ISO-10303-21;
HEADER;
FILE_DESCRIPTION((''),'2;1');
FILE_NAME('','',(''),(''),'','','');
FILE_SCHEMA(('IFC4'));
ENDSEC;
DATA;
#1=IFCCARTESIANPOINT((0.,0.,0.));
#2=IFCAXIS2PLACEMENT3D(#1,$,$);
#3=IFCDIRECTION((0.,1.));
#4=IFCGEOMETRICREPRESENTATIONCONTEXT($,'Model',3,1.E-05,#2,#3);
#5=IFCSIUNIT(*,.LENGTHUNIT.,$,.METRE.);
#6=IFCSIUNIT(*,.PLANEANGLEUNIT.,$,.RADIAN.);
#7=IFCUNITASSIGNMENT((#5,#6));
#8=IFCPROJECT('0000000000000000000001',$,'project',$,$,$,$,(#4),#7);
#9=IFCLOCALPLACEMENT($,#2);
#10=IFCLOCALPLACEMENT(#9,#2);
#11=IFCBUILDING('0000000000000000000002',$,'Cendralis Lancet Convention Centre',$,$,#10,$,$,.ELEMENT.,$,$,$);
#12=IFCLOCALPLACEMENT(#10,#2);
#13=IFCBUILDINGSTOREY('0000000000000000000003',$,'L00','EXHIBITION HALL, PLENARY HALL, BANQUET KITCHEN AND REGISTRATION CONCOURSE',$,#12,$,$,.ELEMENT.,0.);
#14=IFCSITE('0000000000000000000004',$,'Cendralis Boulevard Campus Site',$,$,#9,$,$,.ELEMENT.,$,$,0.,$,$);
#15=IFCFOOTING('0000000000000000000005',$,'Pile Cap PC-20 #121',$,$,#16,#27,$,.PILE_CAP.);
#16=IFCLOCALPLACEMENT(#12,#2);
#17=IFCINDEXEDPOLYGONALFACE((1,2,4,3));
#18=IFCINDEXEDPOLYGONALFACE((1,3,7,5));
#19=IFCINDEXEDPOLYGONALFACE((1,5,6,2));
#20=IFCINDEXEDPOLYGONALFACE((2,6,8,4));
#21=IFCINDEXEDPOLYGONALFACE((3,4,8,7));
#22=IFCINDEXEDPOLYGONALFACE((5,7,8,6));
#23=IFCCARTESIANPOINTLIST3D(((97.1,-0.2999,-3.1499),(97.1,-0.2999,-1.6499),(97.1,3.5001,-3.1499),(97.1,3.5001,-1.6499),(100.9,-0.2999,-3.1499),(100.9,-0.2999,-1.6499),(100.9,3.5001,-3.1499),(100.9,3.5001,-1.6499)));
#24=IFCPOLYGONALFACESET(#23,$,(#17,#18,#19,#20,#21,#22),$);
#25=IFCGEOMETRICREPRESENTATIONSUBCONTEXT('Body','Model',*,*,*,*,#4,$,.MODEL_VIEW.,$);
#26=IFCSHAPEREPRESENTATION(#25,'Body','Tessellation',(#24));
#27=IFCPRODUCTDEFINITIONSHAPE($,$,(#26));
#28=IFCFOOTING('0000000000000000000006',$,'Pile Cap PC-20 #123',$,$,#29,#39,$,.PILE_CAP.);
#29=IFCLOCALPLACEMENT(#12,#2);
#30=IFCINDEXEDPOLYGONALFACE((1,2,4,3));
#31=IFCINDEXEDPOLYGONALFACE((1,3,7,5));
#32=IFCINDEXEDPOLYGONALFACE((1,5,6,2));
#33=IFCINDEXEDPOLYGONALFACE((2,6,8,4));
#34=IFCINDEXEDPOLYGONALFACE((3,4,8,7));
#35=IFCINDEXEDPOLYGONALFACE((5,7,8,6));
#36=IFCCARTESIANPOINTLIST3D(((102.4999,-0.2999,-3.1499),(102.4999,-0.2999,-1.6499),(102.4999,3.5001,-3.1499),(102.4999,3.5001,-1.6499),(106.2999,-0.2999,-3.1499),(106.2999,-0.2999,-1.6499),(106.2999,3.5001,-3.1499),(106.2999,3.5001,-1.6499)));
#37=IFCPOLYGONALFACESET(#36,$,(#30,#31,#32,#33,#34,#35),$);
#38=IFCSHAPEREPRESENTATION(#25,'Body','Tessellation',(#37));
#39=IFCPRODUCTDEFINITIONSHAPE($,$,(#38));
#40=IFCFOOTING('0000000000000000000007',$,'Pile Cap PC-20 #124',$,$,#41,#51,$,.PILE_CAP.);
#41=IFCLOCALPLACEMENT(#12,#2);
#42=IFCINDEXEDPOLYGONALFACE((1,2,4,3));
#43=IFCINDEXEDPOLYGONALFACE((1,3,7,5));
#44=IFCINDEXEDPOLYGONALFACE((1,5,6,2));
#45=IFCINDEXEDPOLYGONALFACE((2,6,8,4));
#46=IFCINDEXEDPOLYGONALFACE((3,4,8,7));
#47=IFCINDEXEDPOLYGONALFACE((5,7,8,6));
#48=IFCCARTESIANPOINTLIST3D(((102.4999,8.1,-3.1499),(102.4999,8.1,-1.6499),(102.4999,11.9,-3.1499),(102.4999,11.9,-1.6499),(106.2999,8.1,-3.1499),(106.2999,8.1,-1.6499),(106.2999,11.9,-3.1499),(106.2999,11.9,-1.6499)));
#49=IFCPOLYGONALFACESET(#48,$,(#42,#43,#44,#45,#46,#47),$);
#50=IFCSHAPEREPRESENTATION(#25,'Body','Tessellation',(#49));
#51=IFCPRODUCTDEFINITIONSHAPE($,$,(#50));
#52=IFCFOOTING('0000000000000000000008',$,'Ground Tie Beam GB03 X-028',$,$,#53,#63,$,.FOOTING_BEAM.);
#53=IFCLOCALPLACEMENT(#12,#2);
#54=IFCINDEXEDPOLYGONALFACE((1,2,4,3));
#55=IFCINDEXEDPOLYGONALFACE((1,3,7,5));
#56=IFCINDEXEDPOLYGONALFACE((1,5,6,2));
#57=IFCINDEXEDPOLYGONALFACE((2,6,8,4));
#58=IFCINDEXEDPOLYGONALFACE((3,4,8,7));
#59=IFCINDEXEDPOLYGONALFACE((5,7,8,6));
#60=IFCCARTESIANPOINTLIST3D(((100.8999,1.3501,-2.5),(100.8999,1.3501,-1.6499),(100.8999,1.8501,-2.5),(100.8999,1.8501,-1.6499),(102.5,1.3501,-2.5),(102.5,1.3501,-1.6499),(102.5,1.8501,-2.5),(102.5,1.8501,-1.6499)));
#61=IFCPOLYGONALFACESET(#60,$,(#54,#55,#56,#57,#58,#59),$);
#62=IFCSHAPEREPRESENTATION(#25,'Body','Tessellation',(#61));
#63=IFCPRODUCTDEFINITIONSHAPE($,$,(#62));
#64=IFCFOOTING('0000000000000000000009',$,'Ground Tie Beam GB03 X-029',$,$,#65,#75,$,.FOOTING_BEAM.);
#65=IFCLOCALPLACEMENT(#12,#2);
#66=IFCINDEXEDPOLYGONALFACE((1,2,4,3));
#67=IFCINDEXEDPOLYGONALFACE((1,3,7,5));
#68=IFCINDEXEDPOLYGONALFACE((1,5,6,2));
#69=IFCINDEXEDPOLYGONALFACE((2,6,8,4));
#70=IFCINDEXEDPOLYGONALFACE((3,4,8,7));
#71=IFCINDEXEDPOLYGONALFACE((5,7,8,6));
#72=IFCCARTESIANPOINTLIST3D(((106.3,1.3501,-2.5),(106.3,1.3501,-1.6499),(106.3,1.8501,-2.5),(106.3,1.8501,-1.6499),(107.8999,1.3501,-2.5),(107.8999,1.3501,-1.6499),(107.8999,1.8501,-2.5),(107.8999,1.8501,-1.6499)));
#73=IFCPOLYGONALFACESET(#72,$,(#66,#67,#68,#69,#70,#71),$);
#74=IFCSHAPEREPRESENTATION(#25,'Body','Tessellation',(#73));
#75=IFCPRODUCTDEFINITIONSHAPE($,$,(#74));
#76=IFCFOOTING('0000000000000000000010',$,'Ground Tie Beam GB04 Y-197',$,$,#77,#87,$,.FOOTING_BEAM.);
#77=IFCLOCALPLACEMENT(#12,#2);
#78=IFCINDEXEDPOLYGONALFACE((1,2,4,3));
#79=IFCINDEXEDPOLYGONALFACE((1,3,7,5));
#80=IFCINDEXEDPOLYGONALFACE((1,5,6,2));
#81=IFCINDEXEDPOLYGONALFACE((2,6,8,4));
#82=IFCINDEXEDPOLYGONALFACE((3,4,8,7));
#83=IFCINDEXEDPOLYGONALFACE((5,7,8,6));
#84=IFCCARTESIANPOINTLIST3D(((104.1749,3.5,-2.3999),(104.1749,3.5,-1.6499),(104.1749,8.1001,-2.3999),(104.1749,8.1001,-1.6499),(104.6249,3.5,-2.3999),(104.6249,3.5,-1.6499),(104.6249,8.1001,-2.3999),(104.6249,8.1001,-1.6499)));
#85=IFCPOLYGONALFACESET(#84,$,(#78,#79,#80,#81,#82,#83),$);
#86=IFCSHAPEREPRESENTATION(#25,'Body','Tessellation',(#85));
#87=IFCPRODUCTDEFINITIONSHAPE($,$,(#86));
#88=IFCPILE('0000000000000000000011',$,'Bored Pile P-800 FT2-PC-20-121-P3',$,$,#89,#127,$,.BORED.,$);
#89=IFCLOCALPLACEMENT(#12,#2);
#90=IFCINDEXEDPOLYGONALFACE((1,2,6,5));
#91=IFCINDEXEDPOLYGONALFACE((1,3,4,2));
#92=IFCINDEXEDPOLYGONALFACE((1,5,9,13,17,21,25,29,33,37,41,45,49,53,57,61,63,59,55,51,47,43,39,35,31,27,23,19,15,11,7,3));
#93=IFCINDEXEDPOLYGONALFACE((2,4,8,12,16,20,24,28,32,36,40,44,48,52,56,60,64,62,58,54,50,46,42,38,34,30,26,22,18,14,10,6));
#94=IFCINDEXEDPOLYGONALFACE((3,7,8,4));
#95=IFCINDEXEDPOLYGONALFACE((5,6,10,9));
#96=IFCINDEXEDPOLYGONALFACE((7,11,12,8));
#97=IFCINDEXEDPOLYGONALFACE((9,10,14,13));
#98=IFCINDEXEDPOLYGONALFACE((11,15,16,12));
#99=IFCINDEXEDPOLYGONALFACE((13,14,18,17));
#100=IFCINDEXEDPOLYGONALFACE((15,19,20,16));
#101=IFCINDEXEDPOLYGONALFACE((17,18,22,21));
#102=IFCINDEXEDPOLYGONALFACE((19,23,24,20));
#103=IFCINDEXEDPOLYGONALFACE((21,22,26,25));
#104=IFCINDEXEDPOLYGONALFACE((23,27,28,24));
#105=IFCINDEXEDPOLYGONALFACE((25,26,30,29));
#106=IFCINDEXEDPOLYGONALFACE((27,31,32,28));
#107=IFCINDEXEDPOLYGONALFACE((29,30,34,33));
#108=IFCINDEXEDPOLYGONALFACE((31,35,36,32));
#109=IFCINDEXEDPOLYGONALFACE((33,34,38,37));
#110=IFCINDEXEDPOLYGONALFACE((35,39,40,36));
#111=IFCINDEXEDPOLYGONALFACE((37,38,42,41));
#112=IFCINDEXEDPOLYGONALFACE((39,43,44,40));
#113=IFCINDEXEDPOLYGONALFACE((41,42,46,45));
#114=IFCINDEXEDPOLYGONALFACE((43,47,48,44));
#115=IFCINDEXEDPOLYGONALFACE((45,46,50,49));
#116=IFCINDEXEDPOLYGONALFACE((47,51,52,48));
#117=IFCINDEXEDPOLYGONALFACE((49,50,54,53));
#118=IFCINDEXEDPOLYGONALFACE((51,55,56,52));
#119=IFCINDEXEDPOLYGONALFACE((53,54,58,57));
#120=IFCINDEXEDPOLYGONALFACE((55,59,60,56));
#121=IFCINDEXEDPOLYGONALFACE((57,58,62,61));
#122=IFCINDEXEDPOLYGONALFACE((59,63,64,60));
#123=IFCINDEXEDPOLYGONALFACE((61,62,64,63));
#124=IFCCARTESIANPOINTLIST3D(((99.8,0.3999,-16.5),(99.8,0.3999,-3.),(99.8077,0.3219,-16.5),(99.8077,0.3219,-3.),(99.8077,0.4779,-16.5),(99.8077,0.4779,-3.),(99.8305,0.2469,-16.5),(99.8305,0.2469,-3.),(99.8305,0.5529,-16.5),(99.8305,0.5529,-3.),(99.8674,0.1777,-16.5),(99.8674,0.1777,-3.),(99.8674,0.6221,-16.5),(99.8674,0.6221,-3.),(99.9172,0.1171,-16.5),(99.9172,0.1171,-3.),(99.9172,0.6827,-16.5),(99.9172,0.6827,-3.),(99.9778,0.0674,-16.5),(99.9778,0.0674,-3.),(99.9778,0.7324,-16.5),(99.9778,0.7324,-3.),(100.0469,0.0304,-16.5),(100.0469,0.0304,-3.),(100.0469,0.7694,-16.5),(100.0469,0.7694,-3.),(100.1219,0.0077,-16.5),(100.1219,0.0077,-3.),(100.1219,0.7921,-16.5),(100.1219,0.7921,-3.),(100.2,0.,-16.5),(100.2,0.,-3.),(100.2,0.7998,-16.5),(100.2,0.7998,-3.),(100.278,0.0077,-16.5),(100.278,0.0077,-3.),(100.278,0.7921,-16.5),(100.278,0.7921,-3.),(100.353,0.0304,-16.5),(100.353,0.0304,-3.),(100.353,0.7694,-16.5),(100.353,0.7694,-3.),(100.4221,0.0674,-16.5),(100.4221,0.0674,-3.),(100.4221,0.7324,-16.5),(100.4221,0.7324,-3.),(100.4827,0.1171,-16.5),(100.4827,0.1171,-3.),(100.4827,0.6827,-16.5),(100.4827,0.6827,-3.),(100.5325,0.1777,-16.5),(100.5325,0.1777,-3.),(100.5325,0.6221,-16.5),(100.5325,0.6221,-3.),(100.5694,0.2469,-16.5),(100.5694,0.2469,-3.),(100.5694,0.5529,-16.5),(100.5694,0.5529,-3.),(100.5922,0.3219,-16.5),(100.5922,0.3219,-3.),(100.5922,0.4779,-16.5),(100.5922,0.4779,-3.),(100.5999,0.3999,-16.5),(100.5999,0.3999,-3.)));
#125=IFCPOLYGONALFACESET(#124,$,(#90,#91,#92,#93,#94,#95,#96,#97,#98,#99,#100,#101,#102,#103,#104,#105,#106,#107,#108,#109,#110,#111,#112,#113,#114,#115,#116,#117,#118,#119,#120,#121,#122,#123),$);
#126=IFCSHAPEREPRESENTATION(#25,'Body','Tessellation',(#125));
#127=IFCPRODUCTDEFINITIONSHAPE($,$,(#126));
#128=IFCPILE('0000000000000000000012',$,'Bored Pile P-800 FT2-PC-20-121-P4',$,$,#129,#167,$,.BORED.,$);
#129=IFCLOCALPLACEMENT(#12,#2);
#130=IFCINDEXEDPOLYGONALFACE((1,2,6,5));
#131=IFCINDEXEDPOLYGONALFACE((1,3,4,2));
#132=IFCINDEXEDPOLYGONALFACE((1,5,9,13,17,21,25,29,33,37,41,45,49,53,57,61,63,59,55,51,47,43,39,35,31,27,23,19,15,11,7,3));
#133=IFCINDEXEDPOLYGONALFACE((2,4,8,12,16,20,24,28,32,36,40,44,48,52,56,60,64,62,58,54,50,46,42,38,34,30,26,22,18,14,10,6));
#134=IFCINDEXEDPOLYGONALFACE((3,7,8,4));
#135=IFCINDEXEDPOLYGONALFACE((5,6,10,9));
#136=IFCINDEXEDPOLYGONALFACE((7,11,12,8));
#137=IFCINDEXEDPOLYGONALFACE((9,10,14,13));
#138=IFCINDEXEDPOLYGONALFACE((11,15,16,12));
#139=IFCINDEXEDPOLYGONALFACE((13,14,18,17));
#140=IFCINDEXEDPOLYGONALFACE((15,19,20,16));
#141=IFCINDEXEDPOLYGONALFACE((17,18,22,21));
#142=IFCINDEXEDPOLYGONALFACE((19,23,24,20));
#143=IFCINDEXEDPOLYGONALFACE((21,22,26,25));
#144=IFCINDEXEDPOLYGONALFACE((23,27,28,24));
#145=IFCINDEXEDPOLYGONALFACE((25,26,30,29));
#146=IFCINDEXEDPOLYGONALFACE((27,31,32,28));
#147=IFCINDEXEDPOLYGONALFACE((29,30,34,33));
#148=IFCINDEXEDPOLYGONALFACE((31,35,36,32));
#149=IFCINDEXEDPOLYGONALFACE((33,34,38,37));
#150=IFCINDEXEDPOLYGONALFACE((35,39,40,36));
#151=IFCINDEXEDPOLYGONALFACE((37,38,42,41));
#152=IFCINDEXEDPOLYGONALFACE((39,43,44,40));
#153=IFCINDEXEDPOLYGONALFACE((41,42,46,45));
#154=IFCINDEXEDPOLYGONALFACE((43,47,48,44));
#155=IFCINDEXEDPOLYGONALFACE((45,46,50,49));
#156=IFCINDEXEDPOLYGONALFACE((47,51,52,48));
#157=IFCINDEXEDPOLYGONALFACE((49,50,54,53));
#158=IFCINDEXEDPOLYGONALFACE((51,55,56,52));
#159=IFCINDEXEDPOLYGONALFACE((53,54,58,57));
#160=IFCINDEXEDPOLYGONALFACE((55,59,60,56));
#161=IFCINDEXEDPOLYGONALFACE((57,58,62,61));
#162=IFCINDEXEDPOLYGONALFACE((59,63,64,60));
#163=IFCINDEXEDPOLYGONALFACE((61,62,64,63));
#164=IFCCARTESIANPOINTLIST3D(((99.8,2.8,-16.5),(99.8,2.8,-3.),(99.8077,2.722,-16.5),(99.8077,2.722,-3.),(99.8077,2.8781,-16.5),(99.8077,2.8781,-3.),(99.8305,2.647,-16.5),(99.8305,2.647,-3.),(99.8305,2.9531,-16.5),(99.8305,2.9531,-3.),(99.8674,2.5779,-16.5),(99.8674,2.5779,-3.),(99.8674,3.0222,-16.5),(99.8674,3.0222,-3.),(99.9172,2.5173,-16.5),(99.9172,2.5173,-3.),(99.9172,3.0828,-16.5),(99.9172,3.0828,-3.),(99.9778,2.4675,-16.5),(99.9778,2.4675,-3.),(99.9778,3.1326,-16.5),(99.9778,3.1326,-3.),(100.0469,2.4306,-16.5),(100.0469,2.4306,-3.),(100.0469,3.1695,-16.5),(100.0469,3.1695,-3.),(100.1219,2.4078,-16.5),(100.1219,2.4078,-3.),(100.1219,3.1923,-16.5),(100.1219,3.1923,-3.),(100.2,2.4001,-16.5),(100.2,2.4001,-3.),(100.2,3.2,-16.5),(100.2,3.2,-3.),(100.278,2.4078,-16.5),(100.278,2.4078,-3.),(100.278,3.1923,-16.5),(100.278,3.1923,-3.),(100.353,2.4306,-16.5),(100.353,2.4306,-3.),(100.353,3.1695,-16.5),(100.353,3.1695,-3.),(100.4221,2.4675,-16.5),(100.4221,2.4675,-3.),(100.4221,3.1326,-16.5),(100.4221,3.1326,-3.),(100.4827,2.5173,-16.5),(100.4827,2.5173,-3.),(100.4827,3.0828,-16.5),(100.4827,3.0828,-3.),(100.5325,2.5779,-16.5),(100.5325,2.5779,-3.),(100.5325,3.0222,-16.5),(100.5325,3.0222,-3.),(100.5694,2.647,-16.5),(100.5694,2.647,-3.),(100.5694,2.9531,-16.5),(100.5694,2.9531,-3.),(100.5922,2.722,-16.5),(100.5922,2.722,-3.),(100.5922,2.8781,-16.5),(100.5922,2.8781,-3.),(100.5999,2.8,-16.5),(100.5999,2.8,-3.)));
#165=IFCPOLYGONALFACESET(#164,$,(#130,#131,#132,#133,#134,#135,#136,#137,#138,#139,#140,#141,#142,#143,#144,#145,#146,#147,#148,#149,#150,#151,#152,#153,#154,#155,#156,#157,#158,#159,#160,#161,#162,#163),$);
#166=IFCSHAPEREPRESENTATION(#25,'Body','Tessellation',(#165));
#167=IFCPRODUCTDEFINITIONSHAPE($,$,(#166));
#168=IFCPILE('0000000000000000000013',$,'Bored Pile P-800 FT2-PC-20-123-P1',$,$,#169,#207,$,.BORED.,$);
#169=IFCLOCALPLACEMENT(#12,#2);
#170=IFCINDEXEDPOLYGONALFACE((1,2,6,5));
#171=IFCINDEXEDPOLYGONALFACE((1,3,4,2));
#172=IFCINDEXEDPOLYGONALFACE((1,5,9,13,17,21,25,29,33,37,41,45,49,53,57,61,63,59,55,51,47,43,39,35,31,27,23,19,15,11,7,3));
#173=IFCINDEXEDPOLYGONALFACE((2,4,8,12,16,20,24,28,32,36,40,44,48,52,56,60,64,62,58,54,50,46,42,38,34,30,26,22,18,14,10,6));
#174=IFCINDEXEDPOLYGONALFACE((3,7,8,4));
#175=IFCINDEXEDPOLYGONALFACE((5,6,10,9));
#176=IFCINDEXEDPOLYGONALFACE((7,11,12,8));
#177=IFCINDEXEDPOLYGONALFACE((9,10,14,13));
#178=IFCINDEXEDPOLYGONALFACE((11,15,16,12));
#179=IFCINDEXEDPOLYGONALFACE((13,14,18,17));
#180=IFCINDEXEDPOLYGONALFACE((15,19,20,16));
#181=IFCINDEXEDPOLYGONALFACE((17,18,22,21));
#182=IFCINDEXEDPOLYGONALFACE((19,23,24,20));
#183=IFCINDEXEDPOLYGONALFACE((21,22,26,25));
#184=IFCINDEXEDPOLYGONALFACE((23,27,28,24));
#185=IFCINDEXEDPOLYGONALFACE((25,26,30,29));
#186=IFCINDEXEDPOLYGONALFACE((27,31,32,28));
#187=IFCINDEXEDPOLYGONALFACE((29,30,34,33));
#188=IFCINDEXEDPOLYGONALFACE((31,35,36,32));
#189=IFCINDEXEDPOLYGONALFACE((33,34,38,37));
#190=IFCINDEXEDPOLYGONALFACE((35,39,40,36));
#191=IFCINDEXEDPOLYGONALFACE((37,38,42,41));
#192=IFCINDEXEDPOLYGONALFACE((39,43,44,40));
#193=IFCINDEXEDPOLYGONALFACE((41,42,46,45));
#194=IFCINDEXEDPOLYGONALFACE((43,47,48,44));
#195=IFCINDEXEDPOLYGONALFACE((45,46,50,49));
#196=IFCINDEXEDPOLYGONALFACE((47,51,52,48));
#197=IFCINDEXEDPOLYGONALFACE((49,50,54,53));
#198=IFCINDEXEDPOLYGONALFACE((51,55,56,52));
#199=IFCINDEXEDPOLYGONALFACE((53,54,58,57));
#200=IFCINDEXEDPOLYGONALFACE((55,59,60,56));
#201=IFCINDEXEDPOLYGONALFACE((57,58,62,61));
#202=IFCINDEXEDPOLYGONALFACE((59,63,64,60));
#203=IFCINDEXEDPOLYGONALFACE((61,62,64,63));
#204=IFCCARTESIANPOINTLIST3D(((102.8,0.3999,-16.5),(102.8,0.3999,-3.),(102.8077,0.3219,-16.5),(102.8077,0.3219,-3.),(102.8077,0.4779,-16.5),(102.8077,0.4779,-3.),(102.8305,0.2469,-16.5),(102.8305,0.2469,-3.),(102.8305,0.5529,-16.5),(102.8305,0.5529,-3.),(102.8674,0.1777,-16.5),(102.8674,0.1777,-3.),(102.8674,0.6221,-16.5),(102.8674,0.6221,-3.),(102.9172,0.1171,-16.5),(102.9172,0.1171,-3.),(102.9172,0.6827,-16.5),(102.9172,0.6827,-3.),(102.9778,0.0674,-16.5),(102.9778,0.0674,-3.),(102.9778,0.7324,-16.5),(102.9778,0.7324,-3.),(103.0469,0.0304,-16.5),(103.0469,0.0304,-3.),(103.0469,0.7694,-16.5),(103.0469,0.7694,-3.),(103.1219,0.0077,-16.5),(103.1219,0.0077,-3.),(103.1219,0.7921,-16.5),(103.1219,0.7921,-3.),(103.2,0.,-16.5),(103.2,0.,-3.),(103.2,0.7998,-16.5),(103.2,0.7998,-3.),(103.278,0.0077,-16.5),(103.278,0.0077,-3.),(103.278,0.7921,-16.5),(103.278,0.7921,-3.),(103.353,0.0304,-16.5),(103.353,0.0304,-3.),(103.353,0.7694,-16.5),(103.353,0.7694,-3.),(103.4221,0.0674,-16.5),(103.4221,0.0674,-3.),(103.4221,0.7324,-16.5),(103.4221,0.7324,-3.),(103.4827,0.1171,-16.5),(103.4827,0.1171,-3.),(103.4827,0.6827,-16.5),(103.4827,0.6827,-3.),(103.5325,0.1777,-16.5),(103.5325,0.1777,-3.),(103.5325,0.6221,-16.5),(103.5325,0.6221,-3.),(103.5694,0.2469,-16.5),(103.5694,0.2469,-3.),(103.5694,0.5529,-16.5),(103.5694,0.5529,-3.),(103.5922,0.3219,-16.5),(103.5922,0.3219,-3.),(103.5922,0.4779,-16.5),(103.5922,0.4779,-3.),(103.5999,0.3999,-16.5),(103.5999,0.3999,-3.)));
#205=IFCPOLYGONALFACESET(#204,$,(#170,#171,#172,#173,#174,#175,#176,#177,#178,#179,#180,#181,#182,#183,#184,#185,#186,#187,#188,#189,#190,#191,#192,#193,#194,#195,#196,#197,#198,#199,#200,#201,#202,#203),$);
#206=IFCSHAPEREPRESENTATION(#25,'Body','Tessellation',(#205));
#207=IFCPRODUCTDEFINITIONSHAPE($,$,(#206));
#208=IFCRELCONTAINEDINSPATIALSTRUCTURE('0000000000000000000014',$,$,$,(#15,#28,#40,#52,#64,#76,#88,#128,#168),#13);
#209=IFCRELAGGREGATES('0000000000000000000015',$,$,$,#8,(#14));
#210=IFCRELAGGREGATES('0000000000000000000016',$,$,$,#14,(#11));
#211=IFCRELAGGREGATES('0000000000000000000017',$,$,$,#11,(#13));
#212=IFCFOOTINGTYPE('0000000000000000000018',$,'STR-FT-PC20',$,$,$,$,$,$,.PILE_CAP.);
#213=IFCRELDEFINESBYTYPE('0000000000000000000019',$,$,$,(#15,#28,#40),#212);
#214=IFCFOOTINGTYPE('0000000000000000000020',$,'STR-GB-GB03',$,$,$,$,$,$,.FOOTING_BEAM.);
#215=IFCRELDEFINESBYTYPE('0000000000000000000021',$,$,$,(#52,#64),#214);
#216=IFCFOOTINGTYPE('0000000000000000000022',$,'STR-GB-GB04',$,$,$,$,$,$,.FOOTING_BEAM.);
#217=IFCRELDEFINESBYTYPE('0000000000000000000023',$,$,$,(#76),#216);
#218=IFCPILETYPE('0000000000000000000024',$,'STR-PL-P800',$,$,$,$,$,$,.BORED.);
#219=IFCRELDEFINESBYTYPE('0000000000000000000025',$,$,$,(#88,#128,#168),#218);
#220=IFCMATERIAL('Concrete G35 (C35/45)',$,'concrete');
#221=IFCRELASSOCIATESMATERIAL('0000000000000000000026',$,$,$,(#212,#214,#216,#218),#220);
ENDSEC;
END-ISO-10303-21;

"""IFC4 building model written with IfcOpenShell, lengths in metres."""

from ifc_helpers import new_model, si_unit, direction, frame, origin, origin_2d, place, context, subcontext, project, spatial, rectangle, circle, extrude, material, material_profile, profile_set, type_object, element, save


model = new_model("IFC4")

# Units and contexts
model_context = context("Model", 3, precision=1e-05, world=origin(), true_north=direction((0.0, 1.0)))
body_context = subcontext(model_context, "Body", "Model", "MODEL_VIEW")
ifc_project = project(units=[si_unit("LENGTHUNIT", "METRE"), si_unit("PLANEANGLEUNIT", "RADIAN")], contexts=[model_context])

# Site, building, storey
site_placement = place(None, origin())
site = spatial("IfcSite", under=ifc_project, at=site_placement, Name="Cendralis Boulevard Campus Site", CompositionType="ELEMENT", RefElevation=0.0)
building_placement = place(site_placement, origin())
building = spatial("IfcBuilding", under=site, at=building_placement, Name="Cendralis Lancet Convention Centre", CompositionType="ELEMENT")
storey_placement = place(building_placement, origin())
storey = spatial("IfcBuildingStorey", under=building, at=storey_placement, Name="L00", Description="EXHIBITION HALL, PLENARY HALL, BANQUET KITCHEN AND REGISTRATION CONCOURSE", CompositionType="ELEMENT", Elevation=0.0)

# Footings
ifc_material_1 = material(Name="Concrete G35 (C35/45)", Category="concrete")
footing_type_1 = type_object("IfcFootingType", Name="STR-FT-PC20", PredefinedType="PILE_CAP", material=ifc_material_1)
for number, where, z_axis, x_axis, name in (
    (1, (99.0, 1.6001, -3.1499), (0.0, 0.0, 1.0), (1.0, 0.0, 0.0), "Pile Cap PC-20 #121"),
    (2, (104.3999, 1.6001, -3.1499), (0.0, 0.0, 1.0), (1.0, 0.0, 0.0), "Pile Cap PC-20 #123"),
    (3, (104.3999, 10.0, -3.1499), (0.0, 0.0, 1.0), (1.0, 0.0, 0.0), "Pile Cap PC-20 #124"),
):
    element("IfcFooting", number, at=place(storey_placement, frame(where, z_axis=z_axis, x_axis=x_axis)), inside=storey, type_object=footing_type_1, Name=name, PredefinedType="PILE_CAP", context=body_context, shape_type="SweptSolid", body=[
        extrude(rectangle(XDim=3.8, YDim=3.8, at=origin_2d()), origin(), (0.0, 0.0, 1.0), 1.5),
    ])
ifc_material_profile_1 = material_profile(ifc_material_1, rectangle(XDim=0.5, YDim=0.8501, at=origin_2d()), Name="RCB 500x850")
ifc_profile_set_1 = profile_set([ifc_material_profile_1], Name="Concrete G35 (C35/45)")
footing_type_2 = type_object("IfcFootingType", Name="STR-GB-GB03", PredefinedType="FOOTING_BEAM", material=ifc_profile_set_1)
footing_1_placement = place(storey_placement, frame((100.8999, 1.6001, -2.075), z_axis=(1.0, 0.0, 0.0), x_axis=(0.0, 1.0, 0.0)))
element("IfcFooting", 4, at=footing_1_placement, inside=storey, type_object=footing_type_2, Name="Ground Tie Beam GB03 X-028", PredefinedType="FOOTING_BEAM", context=body_context, shape_type="SweptSolid", body=[
    extrude(rectangle(XDim=0.5, YDim=0.8501, at=origin_2d()), origin(), (0.0, 0.0, 1.0), 1.6001),
])
footing_2_placement = place(storey_placement, frame((106.3, 1.6001, -2.075), z_axis=(1.0, 0.0, 0.0), x_axis=(0.0, 1.0, 0.0)))
element("IfcFooting", 5, at=footing_2_placement, inside=storey, type_object=footing_type_2, Name="Ground Tie Beam GB03 X-029", PredefinedType="FOOTING_BEAM", context=body_context, shape_type="SweptSolid", body=[
    extrude(rectangle(XDim=0.5, YDim=0.8501, at=origin_2d()), origin(), (0.0, 0.0, 1.0), 1.5999),
])
ifc_material_profile_2 = material_profile(ifc_material_1, rectangle(XDim=0.45, YDim=0.75, at=origin_2d()), Name="RCB 450x750")
ifc_profile_set_2 = profile_set([ifc_material_profile_2], Name="Concrete G35 (C35/45)")
footing_type_3 = type_object("IfcFootingType", Name="STR-GB-GB04", PredefinedType="FOOTING_BEAM", material=ifc_profile_set_2)
footing_3_placement = place(storey_placement, frame((104.3999, 3.5, -2.0249), z_axis=(0.0, 1.0, 0.0), x_axis=(-1.0, 0.0, 0.0)))
element("IfcFooting", 6, at=footing_3_placement, inside=storey, type_object=footing_type_3, Name="Ground Tie Beam GB04 Y-197", PredefinedType="FOOTING_BEAM", context=body_context, shape_type="SweptSolid", body=[
    extrude(rectangle(XDim=0.45, YDim=0.75, at=origin_2d()), origin(), (0.0, 0.0, 1.0), 4.6001),
])

# Piles
ifc_material_profile_3 = material_profile(ifc_material_1, circle(Radius=0.3999, at=origin_2d()), Name="BORED PILE D800")
ifc_profile_set_3 = profile_set([ifc_material_profile_3], Name="Concrete G35 (C35/45)")
pile_type_1 = type_object("IfcPileType", Name="STR-PL-P800", PredefinedType="BORED", material=ifc_profile_set_3)
for number, where, z_axis, x_axis, name in (
    (7, (100.2, 0.3999, -3.0), (0.0, 0.0, -1.0), (1.0, 0.0, 0.0), "Bored Pile P-800 FT2-PC-20-121-P3"),
    (8, (100.2, 2.8, -3.0), (0.0, 0.0, -1.0), (1.0, 0.0, 0.0), "Bored Pile P-800 FT2-PC-20-121-P4"),
    (9, (103.2, 0.3999, -3.0), (0.0, 0.0, -1.0), (1.0, 0.0, 0.0), "Bored Pile P-800 FT2-PC-20-123-P1"),
):
    element("IfcPile", number, at=place(storey_placement, frame(where, z_axis=z_axis, x_axis=x_axis)), inside=storey, type_object=pile_type_1, Name=name, PredefinedType="BORED", context=body_context, shape_type="SweptSolid", body=[
        extrude(circle(Radius=0.3999, at=origin_2d()), origin(), (0.0, 0.0, 1.0), 13.5),
    ])

save(model, "model.ifc")
